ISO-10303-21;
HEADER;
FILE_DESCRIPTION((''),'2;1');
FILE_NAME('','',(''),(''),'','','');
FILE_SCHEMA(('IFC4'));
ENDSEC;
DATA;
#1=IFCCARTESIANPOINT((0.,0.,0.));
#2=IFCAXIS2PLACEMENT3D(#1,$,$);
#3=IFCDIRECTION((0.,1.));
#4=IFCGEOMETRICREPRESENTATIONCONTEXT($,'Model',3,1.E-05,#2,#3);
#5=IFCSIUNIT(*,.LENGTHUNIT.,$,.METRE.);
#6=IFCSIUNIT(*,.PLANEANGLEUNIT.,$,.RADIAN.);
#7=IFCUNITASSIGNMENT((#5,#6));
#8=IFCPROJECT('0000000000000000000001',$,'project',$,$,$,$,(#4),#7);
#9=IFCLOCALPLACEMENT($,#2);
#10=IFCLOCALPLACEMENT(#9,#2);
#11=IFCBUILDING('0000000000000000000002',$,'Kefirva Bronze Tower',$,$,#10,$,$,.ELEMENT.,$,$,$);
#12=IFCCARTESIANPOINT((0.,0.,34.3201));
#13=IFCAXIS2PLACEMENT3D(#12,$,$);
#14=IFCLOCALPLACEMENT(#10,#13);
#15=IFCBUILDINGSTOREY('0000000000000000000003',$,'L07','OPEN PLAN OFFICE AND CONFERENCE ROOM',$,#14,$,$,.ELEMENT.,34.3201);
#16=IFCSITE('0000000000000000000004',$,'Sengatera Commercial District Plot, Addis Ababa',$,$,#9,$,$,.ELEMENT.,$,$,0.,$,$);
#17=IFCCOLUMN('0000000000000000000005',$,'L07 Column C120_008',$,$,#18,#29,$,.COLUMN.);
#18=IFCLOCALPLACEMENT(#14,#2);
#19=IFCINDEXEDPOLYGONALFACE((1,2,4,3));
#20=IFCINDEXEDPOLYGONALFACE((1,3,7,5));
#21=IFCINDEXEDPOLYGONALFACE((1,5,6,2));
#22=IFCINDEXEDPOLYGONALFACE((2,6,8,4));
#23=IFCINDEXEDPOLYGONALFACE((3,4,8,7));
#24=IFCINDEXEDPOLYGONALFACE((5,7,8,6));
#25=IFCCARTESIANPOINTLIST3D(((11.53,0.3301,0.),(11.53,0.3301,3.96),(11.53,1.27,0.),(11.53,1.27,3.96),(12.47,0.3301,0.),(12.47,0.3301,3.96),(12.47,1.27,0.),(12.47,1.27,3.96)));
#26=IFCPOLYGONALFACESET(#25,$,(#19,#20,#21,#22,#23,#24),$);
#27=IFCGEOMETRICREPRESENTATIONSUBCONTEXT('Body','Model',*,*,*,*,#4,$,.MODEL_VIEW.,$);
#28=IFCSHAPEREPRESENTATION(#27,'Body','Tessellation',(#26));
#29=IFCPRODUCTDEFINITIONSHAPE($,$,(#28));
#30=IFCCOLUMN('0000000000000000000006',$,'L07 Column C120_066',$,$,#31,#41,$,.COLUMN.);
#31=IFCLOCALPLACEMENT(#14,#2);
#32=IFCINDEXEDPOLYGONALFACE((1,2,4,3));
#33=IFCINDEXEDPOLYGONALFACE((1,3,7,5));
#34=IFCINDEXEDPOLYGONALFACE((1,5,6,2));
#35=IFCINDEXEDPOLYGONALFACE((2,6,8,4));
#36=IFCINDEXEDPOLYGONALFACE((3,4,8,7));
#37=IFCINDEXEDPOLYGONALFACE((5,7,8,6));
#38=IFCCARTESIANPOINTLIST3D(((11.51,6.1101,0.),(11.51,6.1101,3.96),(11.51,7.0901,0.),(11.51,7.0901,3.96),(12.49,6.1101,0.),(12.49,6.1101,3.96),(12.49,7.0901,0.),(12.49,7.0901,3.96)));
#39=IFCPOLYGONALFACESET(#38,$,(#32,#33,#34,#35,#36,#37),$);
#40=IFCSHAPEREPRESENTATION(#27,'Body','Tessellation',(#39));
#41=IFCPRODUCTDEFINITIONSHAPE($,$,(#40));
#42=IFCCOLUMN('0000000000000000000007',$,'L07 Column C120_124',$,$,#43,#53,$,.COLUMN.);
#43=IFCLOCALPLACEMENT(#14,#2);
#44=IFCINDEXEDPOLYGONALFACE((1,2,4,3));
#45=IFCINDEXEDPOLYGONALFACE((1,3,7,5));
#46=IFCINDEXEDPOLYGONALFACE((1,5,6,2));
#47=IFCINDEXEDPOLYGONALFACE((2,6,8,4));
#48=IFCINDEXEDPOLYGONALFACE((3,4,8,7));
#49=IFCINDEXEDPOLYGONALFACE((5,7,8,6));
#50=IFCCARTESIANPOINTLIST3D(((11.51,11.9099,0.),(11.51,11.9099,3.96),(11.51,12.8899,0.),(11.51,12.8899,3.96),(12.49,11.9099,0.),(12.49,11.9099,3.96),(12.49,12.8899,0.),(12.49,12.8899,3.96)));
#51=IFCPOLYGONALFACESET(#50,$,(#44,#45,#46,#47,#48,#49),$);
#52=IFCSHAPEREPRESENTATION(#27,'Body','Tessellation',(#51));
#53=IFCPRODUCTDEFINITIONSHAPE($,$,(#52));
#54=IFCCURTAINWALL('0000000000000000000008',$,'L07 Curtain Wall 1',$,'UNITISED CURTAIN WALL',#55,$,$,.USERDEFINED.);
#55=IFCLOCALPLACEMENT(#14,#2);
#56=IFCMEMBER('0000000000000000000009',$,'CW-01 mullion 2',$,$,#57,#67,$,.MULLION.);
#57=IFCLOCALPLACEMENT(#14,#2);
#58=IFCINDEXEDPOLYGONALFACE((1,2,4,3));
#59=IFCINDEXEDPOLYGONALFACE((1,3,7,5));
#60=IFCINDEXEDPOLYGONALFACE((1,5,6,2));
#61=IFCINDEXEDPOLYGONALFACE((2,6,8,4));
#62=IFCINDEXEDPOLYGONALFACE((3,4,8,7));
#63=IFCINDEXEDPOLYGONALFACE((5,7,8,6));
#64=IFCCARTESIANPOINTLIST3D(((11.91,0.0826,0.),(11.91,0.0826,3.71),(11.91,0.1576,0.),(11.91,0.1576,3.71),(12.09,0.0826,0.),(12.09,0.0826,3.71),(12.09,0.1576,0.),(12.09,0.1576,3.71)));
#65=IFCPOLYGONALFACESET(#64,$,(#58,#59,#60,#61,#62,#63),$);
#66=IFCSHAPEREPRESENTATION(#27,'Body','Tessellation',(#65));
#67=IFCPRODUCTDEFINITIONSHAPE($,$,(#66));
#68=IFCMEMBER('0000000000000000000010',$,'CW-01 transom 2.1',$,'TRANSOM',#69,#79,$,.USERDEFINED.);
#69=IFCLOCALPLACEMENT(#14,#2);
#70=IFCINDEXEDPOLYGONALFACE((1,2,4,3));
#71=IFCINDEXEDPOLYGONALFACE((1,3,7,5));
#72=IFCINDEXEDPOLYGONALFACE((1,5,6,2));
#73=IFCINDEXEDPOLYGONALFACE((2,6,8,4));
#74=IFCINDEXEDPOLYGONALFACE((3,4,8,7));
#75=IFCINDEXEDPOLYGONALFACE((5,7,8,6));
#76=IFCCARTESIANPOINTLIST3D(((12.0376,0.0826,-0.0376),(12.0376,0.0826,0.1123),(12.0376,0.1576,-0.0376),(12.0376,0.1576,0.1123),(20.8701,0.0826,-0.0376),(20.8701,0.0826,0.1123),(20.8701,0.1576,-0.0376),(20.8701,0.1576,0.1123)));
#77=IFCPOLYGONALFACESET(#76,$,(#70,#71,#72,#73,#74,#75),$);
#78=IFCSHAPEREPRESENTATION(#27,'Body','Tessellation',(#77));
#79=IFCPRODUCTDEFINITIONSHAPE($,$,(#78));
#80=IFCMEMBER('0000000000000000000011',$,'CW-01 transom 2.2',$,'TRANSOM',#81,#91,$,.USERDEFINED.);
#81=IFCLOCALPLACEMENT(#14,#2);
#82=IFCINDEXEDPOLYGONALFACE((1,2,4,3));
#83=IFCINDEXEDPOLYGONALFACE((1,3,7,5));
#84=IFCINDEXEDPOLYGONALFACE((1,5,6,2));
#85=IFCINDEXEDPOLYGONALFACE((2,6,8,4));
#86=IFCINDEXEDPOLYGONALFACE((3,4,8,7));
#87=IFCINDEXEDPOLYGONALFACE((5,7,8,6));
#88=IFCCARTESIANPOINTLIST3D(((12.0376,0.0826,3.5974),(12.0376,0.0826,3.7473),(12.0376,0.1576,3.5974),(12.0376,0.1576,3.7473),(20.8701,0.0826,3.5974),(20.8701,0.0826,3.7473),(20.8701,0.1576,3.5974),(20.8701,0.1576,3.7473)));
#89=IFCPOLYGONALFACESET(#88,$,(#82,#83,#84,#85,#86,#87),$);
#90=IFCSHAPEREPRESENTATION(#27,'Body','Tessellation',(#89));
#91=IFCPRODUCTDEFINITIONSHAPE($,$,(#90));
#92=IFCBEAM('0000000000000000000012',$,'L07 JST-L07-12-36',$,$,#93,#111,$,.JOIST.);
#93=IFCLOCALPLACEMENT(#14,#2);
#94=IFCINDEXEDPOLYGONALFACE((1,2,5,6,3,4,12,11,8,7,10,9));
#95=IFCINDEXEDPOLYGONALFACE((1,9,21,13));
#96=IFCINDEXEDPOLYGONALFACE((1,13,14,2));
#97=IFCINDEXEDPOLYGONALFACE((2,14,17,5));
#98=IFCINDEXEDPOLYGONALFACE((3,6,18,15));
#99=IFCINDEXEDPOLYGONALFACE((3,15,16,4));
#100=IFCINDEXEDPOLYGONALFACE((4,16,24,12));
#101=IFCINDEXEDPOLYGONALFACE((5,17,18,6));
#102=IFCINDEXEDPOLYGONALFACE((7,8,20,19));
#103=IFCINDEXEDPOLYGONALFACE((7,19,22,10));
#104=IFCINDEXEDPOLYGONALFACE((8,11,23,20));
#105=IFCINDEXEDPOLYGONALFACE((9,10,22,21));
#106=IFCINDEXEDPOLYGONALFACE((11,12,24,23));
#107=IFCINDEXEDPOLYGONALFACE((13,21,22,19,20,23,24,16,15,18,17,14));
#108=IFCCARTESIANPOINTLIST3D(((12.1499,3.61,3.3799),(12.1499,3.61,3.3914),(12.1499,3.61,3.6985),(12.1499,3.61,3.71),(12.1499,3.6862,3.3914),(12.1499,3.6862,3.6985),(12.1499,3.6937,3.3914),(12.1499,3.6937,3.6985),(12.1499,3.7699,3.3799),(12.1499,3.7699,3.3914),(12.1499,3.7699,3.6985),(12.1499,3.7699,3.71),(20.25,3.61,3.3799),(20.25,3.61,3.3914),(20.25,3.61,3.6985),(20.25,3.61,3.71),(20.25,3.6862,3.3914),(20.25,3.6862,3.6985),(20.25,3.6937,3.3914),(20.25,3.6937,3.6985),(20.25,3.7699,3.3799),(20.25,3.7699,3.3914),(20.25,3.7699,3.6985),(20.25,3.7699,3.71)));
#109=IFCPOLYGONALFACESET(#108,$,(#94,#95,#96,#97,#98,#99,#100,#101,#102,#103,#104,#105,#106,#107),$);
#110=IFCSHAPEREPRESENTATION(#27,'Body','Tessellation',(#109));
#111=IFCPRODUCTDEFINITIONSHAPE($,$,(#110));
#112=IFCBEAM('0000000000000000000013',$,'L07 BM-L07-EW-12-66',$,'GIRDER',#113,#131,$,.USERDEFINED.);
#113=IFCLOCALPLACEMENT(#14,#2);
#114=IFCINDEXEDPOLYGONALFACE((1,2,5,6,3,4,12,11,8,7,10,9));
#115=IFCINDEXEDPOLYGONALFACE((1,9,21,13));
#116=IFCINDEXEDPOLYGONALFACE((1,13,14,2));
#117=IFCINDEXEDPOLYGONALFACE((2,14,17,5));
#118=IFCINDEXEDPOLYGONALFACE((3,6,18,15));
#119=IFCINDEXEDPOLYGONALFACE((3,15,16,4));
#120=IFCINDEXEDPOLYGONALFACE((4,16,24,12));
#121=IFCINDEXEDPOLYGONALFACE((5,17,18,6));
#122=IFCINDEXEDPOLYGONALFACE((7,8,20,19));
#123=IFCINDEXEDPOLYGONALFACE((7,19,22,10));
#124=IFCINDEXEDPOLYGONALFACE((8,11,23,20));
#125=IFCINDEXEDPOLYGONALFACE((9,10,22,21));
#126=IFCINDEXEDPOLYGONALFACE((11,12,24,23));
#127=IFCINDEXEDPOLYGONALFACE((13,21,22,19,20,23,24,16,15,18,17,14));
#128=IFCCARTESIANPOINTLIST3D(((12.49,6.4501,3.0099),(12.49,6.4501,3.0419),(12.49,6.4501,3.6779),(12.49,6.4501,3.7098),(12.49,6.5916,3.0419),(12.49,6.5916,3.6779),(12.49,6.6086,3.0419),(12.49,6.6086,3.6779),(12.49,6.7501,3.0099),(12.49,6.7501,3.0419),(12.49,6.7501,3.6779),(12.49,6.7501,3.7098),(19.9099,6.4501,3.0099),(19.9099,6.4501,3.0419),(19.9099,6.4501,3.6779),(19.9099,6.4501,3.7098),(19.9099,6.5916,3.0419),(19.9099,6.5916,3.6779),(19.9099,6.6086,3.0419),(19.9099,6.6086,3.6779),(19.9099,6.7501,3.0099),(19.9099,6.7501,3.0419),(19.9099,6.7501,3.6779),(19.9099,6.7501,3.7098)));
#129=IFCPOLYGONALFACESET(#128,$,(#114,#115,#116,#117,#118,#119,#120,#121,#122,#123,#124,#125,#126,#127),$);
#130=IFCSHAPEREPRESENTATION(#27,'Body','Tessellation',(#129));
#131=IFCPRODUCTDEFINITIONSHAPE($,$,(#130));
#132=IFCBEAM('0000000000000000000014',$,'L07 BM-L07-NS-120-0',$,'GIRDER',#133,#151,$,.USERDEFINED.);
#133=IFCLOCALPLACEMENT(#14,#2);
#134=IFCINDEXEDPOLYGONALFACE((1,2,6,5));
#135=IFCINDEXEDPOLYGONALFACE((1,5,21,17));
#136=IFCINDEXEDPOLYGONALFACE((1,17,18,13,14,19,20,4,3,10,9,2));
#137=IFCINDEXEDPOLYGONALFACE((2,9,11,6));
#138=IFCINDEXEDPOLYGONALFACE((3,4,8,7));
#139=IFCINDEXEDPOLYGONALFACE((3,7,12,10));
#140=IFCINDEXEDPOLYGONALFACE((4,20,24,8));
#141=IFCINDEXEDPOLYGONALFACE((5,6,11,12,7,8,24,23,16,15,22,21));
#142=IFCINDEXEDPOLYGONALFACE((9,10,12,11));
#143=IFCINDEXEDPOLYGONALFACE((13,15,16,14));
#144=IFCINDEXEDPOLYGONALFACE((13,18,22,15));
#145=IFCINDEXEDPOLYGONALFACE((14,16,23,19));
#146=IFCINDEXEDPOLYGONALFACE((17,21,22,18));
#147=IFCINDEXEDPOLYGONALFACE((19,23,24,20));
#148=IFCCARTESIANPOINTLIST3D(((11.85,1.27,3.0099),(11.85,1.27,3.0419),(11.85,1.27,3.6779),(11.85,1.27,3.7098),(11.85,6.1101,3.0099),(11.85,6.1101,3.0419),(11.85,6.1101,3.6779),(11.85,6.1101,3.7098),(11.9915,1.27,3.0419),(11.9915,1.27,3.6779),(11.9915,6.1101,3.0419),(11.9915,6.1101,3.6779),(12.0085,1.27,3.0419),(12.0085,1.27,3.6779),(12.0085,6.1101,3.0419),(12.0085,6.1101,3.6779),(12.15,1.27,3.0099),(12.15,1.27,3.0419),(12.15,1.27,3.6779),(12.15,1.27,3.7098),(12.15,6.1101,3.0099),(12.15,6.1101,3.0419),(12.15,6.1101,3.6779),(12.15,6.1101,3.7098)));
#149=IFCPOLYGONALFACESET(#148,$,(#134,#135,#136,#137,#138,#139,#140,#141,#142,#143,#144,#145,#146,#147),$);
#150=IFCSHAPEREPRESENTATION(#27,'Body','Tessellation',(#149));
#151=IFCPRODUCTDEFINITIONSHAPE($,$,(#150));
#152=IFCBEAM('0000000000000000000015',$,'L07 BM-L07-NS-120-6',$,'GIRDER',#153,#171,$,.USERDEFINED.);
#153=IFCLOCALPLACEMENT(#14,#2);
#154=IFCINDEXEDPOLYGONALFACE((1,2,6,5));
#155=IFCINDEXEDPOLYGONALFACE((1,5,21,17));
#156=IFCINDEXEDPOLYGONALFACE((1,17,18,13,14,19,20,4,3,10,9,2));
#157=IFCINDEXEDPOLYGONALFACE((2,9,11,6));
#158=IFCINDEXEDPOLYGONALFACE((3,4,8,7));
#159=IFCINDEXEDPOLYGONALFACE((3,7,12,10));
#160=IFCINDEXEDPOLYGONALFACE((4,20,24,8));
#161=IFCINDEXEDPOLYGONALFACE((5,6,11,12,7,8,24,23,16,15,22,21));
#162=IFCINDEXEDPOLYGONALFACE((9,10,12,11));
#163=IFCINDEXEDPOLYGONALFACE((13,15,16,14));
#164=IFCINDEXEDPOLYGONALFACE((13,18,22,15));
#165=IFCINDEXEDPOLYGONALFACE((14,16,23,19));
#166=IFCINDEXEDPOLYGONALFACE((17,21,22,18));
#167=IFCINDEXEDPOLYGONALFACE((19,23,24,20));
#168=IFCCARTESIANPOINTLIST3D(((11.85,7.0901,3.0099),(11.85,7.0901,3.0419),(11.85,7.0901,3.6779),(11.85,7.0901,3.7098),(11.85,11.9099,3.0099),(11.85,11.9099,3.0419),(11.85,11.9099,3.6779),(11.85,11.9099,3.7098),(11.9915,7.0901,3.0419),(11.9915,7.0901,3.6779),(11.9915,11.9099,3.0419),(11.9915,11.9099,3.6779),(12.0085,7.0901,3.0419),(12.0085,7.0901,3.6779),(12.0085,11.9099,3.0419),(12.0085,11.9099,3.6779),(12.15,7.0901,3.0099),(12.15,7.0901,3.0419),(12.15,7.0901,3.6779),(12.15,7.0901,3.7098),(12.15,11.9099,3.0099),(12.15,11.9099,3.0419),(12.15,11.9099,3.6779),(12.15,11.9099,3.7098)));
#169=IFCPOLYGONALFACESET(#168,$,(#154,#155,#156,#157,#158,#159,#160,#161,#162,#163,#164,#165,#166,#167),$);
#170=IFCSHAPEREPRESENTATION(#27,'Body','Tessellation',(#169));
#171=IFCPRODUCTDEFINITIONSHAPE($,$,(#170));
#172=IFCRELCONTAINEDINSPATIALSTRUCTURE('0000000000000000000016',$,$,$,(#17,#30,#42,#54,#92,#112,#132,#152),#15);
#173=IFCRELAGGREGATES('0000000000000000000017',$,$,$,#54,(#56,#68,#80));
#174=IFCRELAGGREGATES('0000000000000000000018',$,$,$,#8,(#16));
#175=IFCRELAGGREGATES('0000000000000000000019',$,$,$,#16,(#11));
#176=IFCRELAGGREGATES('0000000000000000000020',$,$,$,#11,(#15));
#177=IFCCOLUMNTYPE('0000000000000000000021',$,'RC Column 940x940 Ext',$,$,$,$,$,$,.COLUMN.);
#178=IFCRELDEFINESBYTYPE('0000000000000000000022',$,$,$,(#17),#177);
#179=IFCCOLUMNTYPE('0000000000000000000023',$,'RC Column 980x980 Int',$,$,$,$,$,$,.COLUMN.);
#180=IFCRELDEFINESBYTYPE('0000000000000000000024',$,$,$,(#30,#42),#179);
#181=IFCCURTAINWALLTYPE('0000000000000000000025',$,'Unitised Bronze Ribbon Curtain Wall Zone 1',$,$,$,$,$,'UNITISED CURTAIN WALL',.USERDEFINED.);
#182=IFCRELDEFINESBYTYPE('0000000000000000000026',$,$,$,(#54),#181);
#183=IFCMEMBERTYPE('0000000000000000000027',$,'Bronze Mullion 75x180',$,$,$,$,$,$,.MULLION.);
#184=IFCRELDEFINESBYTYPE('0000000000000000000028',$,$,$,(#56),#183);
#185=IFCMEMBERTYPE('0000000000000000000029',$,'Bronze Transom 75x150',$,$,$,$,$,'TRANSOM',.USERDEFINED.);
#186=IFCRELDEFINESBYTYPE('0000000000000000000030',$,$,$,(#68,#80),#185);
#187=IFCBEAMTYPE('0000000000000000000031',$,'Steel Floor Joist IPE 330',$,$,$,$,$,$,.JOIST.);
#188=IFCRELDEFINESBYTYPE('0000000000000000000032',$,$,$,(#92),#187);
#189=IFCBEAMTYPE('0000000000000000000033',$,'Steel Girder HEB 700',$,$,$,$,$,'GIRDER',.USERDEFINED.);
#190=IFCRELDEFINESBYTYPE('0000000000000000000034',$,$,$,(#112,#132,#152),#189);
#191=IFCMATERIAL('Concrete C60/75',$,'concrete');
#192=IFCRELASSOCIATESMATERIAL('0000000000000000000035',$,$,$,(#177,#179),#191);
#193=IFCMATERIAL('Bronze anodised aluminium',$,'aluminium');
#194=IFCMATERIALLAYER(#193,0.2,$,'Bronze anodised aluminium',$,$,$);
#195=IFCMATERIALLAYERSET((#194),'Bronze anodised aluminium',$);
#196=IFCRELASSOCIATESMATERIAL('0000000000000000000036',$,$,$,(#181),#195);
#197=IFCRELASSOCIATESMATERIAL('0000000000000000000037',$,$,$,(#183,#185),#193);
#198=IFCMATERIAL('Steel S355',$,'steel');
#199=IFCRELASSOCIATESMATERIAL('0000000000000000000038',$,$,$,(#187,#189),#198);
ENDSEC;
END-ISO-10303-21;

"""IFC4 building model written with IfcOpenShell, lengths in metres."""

from ifc_helpers import new_model, si_unit, direction, frame, origin, origin_2d, place, context, subcontext, project, spatial, rectangle, i_section, extrude, material, layer, layer_set, material_profile, profile_set, type_object, element, aggregate, save


model = new_model("IFC4")

# Units and contexts
model_context = context("Model", 3, precision=1e-05, world=origin(), true_north=direction((0.0, 1.0)))
body_context = subcontext(model_context, "Body", "Model", "MODEL_VIEW")
ifc_project = project(units=[si_unit("LENGTHUNIT", "METRE"), si_unit("PLANEANGLEUNIT", "RADIAN")], contexts=[model_context])

# Site, building, storey
site_placement = place(None, origin())
site = spatial("IfcSite", under=ifc_project, at=site_placement, Name="Sengatera Commercial District Plot, Addis Ababa", CompositionType="ELEMENT", RefElevation=0.0)
building_placement = place(site_placement, origin())
building = spatial("IfcBuilding", under=site, at=building_placement, Name="Kefirva Bronze Tower", CompositionType="ELEMENT")
storey_placement = place(building_placement, frame((0.0, 0.0, 34.3201)))
storey = spatial("IfcBuildingStorey", under=building, at=storey_placement, Name="L07", Description="OPEN PLAN OFFICE AND CONFERENCE ROOM", CompositionType="ELEMENT", Elevation=34.3201)

# Columns
ifc_material_1 = material(Name="Concrete C60/75", Category="concrete")
ifc_material_profile_1 = material_profile(ifc_material_1, rectangle(XDim=0.9399, YDim=0.9399, at=origin_2d()), Name="RC 940x940")
ifc_profile_set_1 = profile_set([ifc_material_profile_1], Name="Concrete C60/75")
column_type_1 = type_object("IfcColumnType", Name="RC Column 940x940 Ext", PredefinedType="COLUMN", material=ifc_profile_set_1)
column_placement = place(storey_placement, frame((12.0, 0.8, 0.0), z_axis=(0.0, 0.0, 1.0), x_axis=(1.0, 0.0, 0.0)))
element("IfcColumn", 1, at=column_placement, inside=storey, type_object=column_type_1, Name="L07 Column C120_008", PredefinedType="COLUMN", context=body_context, shape_type="SweptSolid", body=[
    extrude(rectangle(XDim=0.9399, YDim=0.9399, at=origin_2d()), origin(), (0.0, 0.0, 1.0), 3.96),
])
ifc_material_profile_2 = material_profile(ifc_material_1, rectangle(XDim=0.98, YDim=0.98, at=origin_2d()), Name="RC 980x980")
ifc_profile_set_2 = profile_set([ifc_material_profile_2], Name="Concrete C60/75")
column_type_2 = type_object("IfcColumnType", Name="RC Column 980x980 Int", PredefinedType="COLUMN", material=ifc_profile_set_2)
for number, where, z_axis, x_axis, name in (
    (2, (12.0, 6.6001, 0.0), (0.0, 0.0, 1.0), (1.0, 0.0, 0.0), "L07 Column C120_066"),
    (3, (12.0, 12.3999, 0.0), (0.0, 0.0, 1.0), (1.0, 0.0, 0.0), "L07 Column C120_124"),
):
    element("IfcColumn", number, at=place(storey_placement, frame(where, z_axis=z_axis, x_axis=x_axis)), inside=storey, type_object=column_type_2, Name=name, PredefinedType="COLUMN", context=body_context, shape_type="SweptSolid", body=[
        extrude(rectangle(XDim=0.98, YDim=0.98, at=origin_2d()), origin(), (0.0, 0.0, 1.0), 3.96),
    ])

# Curtain wall, members
ifc_material_2 = material(Name="Bronze anodised aluminium", Category="aluminium")
ifc_layer_1 = layer(ifc_material_2, 0.2, Name="Bronze anodised aluminium")
ifc_layer_set_1 = layer_set([ifc_layer_1], Name="Bronze anodised aluminium")
curtain_wall_type = type_object("IfcCurtainWallType", Name="Unitised Bronze Ribbon Curtain Wall Zone 1", ElementType="UNITISED CURTAIN WALL", PredefinedType="USERDEFINED", material=ifc_layer_set_1)
curtain_wall_placement = place(storey_placement, origin())
curtain_wall = element("IfcCurtainWall", 4, at=curtain_wall_placement, inside=storey, type_object=curtain_wall_type, Name="L07 Curtain Wall 1", ObjectType="UNITISED CURTAIN WALL", PredefinedType="USERDEFINED")
ifc_material_profile_3 = material_profile(ifc_material_2, rectangle(XDim=0.075, YDim=0.1799, at=origin_2d()), Name="ALU 75x180")
ifc_profile_set_3 = profile_set([ifc_material_profile_3], Name="Bronze anodised aluminium")
member_type_1 = type_object("IfcMemberType", Name="Bronze Mullion 75x180", PredefinedType="MULLION", material=ifc_profile_set_3)
member_1_placement = place(storey_placement, frame((12.0, 0.1201, 0.0), z_axis=(0.0, 0.0, 1.0), x_axis=(0.0, 1.0, 0.0)))
member_1 = element("IfcMember", 5, at=member_1_placement, type_object=member_type_1, Name="CW-01 mullion 2", PredefinedType="MULLION", context=body_context, shape_type="SweptSolid", body=[
    extrude(rectangle(XDim=0.075, YDim=0.1799, at=origin_2d()), origin(), (0.0, 0.0, 1.0), 3.71),
])
ifc_material_profile_4 = material_profile(ifc_material_2, rectangle(XDim=0.075, YDim=0.1499, at=origin_2d()), Name="ALU 75x150")
ifc_profile_set_4 = profile_set([ifc_material_profile_4], Name="Bronze anodised aluminium")
member_type_2 = type_object("IfcMemberType", Name="Bronze Transom 75x150", ElementType="TRANSOM", PredefinedType="USERDEFINED", material=ifc_profile_set_4)
member_2_placement = place(storey_placement, frame((12.0376, 0.1201, 0.0374), z_axis=(1.0, 0.0, 0.0), x_axis=(0.0, 1.0, 0.0)))
member_2 = element("IfcMember", 6, at=member_2_placement, type_object=member_type_2, Name="CW-01 transom 2.1", ObjectType="TRANSOM", PredefinedType="USERDEFINED", context=body_context, shape_type="SweptSolid", body=[
    extrude(rectangle(XDim=0.075, YDim=0.1499, at=origin_2d()), origin(), (0.0, 0.0, 1.0), 8.8325),
])
member_3_placement = place(storey_placement, frame((12.0376, 0.1201, 3.6724), z_axis=(1.0, 0.0, 0.0), x_axis=(0.0, 1.0, 0.0)))
member_3 = element("IfcMember", 7, at=member_3_placement, type_object=member_type_2, Name="CW-01 transom 2.2", ObjectType="TRANSOM", PredefinedType="USERDEFINED", context=body_context, shape_type="SweptSolid", body=[
    extrude(rectangle(XDim=0.075, YDim=0.1499, at=origin_2d()), origin(), (0.0, 0.0, 1.0), 8.8325),
])

# Beams
ifc_material_3 = material(Name="Steel S355", Category="steel")
ifc_material_profile_5 = material_profile(ifc_material_3, i_section(OverallWidth=0.1599, OverallDepth=0.3301, WebThickness=0.0076, FlangeThickness=0.0115, at=origin_2d()), Name="IPE 330")
ifc_profile_set_5 = profile_set([ifc_material_profile_5], Name="Steel S355")
beam_type_1 = type_object("IfcBeamType", Name="Steel Floor Joist IPE 330", PredefinedType="JOIST", material=ifc_profile_set_5)
beam_1_placement = place(storey_placement, frame((12.1499, 3.6899, 3.5449), z_axis=(1.0, 0.0, 0.0), x_axis=(0.0, 1.0, 0.0)))
element("IfcBeam", 8, at=beam_1_placement, inside=storey, type_object=beam_type_1, Name="L07 JST-L07-12-36", PredefinedType="JOIST", context=body_context, shape_type="SweptSolid", body=[
    extrude(i_section(OverallWidth=0.1599, OverallDepth=0.3301, WebThickness=0.0076, FlangeThickness=0.0115, at=origin_2d()), origin(), (0.0, 0.0, 1.0), 8.1001),
])
ifc_material_profile_6 = material_profile(ifc_material_3, i_section(OverallWidth=0.3, OverallDepth=0.7, WebThickness=0.0171, FlangeThickness=0.032, at=origin_2d()), Name="HEB 700")
ifc_profile_set_6 = profile_set([ifc_material_profile_6], Name="Steel S355")
beam_type_2 = type_object("IfcBeamType", Name="Steel Girder HEB 700", ElementType="GIRDER", PredefinedType="USERDEFINED", material=ifc_profile_set_6)
beam_2_placement = place(storey_placement, frame((12.49, 6.6001, 3.3599), z_axis=(1.0, 0.0, 0.0), x_axis=(0.0, 1.0, 0.0)))
element("IfcBeam", 9, at=beam_2_placement, inside=storey, type_object=beam_type_2, Name="L07 BM-L07-EW-12-66", ObjectType="GIRDER", PredefinedType="USERDEFINED", context=body_context, shape_type="SweptSolid", body=[
    extrude(i_section(OverallWidth=0.3, OverallDepth=0.7, WebThickness=0.0171, FlangeThickness=0.032, at=origin_2d()), origin(), (0.0, 0.0, 1.0), 7.4199),
])
beam_3_placement = place(storey_placement, frame((12.0, 1.27, 3.3599), z_axis=(0.0, 1.0, 0.0), x_axis=(-1.0, 0.0, 0.0)))
element("IfcBeam", 10, at=beam_3_placement, inside=storey, type_object=beam_type_2, Name="L07 BM-L07-NS-120-0", ObjectType="GIRDER", PredefinedType="USERDEFINED", context=body_context, shape_type="SweptSolid", body=[
    extrude(i_section(OverallWidth=0.3, OverallDepth=0.7, WebThickness=0.0171, FlangeThickness=0.032, at=origin_2d()), origin(), (0.0, 0.0, 1.0), 4.8401),
])
beam_4_placement = place(storey_placement, frame((12.0, 7.0901, 3.3599), z_axis=(0.0, 1.0, 0.0), x_axis=(-1.0, 0.0, 0.0)))
element("IfcBeam", 11, at=beam_4_placement, inside=storey, type_object=beam_type_2, Name="L07 BM-L07-NS-120-6", ObjectType="GIRDER", PredefinedType="USERDEFINED", context=body_context, shape_type="SweptSolid", body=[
    extrude(i_section(OverallWidth=0.3, OverallDepth=0.7, WebThickness=0.0171, FlangeThickness=0.032, at=origin_2d()), origin(), (0.0, 0.0, 1.0), 4.8198),
])

aggregate(curtain_wall, [member_1, member_2, member_3])

save(model, "model.ifc")
